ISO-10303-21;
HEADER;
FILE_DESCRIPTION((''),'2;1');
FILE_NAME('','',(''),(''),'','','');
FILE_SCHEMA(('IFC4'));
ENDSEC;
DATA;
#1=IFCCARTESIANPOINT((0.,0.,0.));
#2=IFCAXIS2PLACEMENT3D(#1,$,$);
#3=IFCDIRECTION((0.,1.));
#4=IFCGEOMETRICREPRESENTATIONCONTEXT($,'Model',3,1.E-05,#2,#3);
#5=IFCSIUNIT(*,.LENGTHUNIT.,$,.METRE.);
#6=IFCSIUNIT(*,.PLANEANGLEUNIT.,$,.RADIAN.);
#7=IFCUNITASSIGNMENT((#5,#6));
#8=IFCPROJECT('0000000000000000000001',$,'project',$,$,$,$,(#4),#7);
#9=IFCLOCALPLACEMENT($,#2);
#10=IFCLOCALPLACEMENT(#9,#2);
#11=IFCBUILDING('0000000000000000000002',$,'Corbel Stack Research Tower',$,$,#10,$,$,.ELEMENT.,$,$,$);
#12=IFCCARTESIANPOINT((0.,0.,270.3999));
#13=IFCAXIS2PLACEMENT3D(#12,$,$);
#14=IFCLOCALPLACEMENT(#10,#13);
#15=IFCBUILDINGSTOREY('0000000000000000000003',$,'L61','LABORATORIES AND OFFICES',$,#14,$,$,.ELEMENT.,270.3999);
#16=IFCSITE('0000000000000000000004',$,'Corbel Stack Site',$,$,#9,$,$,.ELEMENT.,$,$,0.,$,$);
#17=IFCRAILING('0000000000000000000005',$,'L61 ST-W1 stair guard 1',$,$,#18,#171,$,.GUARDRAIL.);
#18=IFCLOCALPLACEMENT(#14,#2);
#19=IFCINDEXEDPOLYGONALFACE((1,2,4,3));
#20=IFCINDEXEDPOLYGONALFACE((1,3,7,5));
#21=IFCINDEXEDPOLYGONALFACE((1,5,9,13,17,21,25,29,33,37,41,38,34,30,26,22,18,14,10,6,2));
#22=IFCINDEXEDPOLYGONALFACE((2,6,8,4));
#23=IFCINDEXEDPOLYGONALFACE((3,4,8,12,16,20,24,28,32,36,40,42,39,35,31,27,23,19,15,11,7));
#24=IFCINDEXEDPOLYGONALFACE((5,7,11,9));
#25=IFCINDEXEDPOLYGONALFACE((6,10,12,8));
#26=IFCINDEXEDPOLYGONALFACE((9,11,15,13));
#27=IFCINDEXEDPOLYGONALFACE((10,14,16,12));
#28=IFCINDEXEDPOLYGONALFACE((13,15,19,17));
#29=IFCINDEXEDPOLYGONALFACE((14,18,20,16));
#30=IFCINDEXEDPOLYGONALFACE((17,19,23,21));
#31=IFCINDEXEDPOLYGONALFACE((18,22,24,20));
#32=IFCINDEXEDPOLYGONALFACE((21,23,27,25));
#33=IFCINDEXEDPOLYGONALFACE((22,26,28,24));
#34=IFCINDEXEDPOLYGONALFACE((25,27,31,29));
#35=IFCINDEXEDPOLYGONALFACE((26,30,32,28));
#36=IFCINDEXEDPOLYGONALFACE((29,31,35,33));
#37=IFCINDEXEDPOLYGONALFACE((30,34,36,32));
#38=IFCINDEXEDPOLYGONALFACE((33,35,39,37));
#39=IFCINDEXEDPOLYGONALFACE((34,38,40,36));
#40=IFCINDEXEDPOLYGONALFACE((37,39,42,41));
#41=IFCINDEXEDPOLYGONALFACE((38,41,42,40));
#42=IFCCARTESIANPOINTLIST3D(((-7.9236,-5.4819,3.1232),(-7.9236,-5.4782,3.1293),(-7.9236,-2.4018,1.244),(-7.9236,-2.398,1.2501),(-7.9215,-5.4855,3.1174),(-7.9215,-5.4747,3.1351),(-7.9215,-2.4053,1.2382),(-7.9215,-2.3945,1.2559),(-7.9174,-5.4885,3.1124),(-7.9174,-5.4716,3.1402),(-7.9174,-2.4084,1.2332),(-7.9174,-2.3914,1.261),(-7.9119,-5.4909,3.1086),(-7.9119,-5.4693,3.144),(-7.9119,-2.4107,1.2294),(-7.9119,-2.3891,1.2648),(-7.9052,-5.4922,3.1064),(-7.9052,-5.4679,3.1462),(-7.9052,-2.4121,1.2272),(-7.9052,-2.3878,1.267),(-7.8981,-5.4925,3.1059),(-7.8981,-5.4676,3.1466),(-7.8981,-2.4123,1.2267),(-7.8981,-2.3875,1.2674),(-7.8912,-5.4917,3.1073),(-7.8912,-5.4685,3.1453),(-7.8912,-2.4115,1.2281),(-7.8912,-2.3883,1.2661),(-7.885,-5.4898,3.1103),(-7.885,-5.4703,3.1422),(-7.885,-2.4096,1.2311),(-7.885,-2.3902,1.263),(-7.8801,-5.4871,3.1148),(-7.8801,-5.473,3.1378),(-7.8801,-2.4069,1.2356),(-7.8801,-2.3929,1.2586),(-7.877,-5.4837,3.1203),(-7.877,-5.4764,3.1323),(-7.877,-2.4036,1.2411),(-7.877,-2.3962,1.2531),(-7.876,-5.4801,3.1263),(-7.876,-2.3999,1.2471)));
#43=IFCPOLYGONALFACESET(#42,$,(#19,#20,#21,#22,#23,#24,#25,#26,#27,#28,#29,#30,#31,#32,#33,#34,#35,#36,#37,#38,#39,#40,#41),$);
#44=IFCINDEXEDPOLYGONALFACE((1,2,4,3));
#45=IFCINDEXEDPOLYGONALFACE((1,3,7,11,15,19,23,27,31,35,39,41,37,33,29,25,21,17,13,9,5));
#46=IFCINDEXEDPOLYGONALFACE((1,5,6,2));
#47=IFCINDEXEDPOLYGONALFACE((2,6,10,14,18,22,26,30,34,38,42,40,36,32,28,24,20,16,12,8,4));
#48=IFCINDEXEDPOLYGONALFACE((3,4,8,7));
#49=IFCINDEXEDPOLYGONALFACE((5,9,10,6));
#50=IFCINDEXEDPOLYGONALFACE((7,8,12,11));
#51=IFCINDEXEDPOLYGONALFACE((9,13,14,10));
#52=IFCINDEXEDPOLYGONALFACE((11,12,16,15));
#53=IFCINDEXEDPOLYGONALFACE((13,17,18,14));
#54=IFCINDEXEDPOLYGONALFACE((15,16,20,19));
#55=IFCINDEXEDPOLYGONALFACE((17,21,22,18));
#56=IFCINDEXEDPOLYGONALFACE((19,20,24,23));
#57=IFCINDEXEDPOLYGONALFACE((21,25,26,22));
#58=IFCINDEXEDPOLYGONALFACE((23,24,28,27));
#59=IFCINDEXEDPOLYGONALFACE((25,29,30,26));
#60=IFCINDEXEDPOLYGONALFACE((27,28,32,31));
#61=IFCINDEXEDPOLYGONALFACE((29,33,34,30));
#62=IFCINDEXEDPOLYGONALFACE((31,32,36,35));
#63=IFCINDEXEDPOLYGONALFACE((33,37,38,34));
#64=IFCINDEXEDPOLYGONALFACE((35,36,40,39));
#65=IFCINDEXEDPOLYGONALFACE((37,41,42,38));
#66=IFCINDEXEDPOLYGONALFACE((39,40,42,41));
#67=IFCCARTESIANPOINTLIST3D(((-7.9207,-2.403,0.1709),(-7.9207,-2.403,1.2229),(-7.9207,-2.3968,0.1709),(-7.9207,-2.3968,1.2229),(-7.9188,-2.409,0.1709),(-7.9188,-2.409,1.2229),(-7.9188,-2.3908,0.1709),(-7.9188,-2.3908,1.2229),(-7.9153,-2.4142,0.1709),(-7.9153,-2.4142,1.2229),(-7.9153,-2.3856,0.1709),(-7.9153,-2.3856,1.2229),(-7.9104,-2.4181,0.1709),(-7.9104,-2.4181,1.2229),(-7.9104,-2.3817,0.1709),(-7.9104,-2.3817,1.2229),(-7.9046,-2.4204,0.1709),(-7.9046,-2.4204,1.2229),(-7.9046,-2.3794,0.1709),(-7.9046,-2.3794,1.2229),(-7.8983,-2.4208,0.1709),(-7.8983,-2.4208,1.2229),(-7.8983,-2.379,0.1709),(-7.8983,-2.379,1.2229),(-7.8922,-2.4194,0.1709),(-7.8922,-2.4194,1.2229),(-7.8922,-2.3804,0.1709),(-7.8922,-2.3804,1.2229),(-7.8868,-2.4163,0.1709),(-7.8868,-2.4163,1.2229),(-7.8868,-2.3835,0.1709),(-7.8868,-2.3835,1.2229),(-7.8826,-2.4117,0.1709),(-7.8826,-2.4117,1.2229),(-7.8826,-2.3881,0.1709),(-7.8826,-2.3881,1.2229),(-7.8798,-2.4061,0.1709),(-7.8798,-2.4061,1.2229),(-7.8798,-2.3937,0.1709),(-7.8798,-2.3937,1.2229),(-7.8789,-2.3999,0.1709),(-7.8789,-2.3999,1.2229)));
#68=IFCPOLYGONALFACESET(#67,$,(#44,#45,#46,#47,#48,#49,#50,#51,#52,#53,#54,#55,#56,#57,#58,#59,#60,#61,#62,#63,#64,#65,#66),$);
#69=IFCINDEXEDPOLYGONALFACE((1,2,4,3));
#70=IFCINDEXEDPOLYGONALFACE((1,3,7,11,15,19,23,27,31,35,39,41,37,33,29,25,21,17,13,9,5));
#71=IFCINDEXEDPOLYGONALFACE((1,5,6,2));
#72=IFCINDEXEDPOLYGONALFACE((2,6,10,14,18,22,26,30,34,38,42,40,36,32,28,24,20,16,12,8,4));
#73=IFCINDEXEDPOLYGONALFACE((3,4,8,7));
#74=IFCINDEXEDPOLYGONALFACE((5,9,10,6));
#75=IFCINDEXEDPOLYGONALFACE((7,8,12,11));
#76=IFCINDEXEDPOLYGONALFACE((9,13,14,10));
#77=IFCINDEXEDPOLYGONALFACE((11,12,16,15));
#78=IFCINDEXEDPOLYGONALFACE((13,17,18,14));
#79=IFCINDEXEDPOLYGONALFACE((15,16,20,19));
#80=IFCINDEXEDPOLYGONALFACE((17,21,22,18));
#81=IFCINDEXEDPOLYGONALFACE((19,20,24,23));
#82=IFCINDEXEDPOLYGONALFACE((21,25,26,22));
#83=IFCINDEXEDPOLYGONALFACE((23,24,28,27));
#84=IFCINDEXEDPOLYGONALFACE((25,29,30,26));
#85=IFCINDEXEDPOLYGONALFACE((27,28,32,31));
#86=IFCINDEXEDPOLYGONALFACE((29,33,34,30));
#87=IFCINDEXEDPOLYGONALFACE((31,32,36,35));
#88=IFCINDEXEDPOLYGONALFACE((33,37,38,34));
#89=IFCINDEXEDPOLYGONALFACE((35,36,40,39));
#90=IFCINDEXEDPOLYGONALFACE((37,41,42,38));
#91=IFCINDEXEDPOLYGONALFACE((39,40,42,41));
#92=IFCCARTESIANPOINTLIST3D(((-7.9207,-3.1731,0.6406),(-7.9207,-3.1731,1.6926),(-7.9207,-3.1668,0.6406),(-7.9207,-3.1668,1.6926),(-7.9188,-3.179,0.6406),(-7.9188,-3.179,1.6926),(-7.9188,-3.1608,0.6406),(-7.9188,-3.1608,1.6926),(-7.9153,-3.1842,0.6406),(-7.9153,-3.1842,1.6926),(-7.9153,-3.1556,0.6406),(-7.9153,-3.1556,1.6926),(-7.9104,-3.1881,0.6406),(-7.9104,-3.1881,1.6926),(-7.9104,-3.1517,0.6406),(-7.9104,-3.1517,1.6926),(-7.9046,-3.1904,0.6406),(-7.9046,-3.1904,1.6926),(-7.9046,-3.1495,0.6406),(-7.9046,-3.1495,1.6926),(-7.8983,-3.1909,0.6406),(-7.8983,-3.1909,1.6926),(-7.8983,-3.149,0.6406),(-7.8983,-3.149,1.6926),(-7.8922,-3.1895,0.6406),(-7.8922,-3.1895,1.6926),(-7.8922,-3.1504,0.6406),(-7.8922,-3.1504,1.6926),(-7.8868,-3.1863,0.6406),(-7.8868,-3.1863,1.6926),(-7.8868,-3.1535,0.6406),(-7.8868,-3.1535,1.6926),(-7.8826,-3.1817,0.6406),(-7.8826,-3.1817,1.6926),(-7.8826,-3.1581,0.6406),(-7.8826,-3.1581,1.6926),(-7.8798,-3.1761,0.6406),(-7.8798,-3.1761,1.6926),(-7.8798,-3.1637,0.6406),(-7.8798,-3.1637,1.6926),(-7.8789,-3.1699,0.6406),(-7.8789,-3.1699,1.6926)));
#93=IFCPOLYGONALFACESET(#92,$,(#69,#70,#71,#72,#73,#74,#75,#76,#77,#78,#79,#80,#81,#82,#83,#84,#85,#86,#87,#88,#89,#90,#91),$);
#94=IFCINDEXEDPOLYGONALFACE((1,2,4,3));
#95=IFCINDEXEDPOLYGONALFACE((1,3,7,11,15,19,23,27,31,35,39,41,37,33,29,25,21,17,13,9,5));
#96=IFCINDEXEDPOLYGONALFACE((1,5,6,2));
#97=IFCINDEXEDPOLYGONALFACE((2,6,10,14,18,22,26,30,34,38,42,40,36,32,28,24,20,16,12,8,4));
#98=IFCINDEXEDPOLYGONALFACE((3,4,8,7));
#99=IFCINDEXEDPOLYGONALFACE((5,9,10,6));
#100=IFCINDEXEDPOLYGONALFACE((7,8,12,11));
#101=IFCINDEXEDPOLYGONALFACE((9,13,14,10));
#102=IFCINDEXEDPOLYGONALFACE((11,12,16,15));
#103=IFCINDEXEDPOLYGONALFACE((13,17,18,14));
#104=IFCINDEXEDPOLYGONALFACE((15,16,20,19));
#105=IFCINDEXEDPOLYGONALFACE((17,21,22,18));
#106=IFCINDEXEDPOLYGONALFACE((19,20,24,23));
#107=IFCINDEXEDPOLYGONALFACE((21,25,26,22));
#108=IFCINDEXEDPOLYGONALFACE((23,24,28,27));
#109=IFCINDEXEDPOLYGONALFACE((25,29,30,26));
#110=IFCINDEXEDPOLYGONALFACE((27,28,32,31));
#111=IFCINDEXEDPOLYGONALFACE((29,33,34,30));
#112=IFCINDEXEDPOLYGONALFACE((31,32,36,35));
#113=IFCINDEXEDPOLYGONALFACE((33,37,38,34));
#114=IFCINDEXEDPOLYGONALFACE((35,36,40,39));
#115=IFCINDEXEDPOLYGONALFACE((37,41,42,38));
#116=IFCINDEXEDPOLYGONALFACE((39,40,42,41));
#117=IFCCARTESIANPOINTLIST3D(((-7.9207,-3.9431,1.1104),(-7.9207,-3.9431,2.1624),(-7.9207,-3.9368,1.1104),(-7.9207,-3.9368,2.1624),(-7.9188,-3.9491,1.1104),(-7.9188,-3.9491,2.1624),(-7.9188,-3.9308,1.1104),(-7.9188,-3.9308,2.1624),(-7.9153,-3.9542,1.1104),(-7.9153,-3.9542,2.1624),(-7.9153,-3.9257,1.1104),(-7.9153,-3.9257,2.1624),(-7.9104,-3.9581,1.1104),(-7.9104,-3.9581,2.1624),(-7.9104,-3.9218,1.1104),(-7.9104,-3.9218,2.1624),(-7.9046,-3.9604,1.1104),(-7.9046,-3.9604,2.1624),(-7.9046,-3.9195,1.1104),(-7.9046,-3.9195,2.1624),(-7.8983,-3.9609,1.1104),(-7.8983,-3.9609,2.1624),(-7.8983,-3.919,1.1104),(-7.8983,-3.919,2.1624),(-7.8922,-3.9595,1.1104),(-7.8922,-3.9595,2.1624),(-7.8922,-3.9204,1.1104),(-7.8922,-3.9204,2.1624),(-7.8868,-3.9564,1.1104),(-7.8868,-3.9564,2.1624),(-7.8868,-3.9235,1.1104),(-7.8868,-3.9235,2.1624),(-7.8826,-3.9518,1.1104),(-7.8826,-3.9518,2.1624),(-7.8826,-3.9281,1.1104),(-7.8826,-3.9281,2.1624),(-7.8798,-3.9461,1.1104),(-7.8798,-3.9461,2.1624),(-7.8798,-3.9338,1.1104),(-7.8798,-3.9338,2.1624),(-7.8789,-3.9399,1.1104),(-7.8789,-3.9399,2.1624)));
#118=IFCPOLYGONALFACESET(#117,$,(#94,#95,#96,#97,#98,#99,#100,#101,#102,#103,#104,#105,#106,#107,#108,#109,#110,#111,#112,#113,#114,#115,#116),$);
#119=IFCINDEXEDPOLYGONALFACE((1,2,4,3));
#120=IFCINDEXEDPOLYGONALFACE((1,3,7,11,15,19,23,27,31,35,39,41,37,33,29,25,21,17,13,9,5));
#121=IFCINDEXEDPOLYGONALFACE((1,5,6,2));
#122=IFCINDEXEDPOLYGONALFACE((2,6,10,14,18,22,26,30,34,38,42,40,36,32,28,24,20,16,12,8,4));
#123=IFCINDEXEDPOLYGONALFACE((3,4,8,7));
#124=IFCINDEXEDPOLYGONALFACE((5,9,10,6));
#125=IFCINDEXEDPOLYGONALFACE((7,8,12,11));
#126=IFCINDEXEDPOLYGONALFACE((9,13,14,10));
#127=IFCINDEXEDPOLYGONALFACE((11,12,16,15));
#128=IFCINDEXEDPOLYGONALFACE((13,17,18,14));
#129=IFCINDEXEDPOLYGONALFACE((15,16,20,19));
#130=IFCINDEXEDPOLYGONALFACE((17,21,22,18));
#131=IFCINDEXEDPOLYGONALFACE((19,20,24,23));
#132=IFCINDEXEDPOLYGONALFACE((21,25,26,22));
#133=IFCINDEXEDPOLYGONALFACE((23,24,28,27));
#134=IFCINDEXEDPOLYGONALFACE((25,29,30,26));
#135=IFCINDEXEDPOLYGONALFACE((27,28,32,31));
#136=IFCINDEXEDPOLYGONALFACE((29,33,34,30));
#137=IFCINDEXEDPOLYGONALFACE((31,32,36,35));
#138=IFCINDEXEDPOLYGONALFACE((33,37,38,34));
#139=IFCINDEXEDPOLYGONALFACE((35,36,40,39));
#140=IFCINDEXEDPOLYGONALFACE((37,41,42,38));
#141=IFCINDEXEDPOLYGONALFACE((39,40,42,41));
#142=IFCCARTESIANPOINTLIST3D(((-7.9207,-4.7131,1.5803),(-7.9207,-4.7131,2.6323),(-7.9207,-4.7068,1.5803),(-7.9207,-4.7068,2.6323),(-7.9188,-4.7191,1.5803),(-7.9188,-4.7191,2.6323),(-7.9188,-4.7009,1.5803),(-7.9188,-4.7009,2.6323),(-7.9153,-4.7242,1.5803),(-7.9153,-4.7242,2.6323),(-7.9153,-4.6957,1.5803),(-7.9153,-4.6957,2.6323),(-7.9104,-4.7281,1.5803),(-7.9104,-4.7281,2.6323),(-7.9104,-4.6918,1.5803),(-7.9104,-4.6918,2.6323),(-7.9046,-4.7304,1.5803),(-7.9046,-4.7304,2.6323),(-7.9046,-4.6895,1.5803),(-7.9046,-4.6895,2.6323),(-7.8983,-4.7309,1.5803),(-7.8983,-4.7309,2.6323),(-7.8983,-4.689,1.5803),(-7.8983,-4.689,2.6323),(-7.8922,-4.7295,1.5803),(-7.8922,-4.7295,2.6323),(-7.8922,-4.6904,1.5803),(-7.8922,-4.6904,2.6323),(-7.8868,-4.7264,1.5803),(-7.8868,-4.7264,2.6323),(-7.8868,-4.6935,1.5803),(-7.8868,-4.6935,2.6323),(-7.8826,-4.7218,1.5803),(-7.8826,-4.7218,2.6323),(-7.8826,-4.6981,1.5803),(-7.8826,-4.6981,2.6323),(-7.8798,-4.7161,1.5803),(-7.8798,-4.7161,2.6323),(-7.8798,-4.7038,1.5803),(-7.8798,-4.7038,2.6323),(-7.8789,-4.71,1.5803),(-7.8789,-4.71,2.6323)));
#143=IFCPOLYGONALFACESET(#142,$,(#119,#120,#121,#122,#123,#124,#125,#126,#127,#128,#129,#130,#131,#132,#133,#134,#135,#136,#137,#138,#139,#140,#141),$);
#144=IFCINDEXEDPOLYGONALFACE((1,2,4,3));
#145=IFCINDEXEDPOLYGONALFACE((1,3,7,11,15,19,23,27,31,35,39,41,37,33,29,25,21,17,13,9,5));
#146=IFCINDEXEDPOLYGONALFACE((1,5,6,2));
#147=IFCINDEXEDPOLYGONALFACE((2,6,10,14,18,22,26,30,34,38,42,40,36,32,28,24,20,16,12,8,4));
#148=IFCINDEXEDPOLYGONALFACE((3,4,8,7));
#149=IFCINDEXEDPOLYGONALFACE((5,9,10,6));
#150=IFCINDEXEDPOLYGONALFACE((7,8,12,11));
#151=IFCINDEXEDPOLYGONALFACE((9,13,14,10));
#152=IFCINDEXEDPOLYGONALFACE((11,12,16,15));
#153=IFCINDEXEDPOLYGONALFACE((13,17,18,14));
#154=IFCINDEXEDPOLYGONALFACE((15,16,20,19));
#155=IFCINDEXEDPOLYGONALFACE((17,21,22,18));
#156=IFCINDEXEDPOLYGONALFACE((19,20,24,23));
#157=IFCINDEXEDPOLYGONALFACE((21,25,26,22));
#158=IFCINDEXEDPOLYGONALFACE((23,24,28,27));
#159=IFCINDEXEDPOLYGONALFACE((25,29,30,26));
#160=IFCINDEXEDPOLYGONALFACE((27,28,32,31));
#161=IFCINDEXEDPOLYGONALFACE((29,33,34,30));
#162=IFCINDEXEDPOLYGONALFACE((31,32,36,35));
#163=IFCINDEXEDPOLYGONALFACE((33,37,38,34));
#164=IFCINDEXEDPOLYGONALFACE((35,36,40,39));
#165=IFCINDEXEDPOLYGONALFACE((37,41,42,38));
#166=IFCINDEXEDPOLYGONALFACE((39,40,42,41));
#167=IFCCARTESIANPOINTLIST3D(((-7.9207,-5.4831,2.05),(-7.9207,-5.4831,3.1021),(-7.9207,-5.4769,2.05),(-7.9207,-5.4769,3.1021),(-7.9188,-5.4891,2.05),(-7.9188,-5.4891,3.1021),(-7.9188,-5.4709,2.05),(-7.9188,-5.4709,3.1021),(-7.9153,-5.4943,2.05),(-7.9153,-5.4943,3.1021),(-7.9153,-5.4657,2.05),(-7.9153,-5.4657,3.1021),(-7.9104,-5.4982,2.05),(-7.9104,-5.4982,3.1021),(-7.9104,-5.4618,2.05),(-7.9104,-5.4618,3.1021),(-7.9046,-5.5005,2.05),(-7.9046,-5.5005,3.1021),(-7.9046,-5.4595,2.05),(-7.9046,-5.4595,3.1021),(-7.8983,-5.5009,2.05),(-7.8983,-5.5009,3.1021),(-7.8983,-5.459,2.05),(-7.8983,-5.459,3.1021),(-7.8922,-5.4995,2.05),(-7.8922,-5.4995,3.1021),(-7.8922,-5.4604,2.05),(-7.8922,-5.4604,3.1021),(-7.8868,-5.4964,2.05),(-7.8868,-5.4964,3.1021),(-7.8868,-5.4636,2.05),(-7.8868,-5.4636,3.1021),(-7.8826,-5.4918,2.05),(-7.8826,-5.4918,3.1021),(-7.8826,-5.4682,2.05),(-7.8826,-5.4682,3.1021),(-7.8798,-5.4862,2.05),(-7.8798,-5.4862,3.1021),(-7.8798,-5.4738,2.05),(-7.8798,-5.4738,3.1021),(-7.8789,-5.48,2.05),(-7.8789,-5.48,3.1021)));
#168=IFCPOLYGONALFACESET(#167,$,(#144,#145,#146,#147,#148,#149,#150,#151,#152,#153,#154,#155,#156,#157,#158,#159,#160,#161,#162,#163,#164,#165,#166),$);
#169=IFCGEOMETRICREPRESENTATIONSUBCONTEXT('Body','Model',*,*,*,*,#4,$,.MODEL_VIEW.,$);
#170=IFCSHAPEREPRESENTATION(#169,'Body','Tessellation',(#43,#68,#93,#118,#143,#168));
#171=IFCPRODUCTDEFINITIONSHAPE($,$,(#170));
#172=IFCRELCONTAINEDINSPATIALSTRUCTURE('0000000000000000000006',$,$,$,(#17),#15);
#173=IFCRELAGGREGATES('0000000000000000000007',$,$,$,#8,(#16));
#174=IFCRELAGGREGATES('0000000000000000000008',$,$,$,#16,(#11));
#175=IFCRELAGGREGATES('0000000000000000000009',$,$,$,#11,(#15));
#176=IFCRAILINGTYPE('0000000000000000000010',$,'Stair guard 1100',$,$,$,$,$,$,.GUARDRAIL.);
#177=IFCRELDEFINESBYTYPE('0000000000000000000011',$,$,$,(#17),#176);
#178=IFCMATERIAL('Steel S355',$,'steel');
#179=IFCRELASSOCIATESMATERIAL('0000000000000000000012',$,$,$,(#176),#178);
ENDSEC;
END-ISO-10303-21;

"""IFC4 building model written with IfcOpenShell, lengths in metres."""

from ifc_helpers import new_model, si_unit, direction, frame, origin, origin_2d, place, context, subcontext, project, spatial, circle, extrude, material, type_object, element, save


model = new_model("IFC4")

# Units and contexts
model_context = context("Model", 3, precision=1e-05, world=origin(), true_north=direction((0.0, 1.0)))
body_context = subcontext(model_context, "Body", "Model", "MODEL_VIEW")
ifc_project = project(units=[si_unit("LENGTHUNIT", "METRE"), si_unit("PLANEANGLEUNIT", "RADIAN")], contexts=[model_context])

# Site, building, storey
site_placement = place(None, origin())
site = spatial("IfcSite", under=ifc_project, at=site_placement, Name="Corbel Stack Site", CompositionType="ELEMENT", RefElevation=0.0)
building_placement = place(site_placement, origin())
building = spatial("IfcBuilding", under=site, at=building_placement, Name="Corbel Stack Research Tower", CompositionType="ELEMENT")
storey_placement = place(building_placement, frame((0.0, 0.0, 270.3999)))
storey = spatial("IfcBuildingStorey", under=building, at=storey_placement, Name="L61", Description="LABORATORIES AND OFFICES", CompositionType="ELEMENT", Elevation=270.3999)

# Railing
ifc_material_1 = material(Name="Steel S355", Category="steel")
railing_type = type_object("IfcRailingType", Name="Stair guard 1100", PredefinedType="GUARDRAIL", material=ifc_material_1)
railing_1_placement = place(storey_placement, frame((-7.8999, -2.3999, 0.1709)))
element("IfcRailing", 1, at=railing_1_placement, inside=storey, type_object=railing_type, Name="L61 ST-W1 stair guard 1", PredefinedType="GUARDRAIL", context=body_context, shape_type="SweptSolid", body=[
    extrude(circle(Radius=0.0239, at=origin_2d()), frame((0.0, 0.0, 1.0762), z_axis=(0.0, -0.853666, 0.52082), x_axis=(1.0, 0.0, 0.0)), (0.0, 0.0, 1.0), 3.6082),
    extrude(circle(Radius=0.021, at=origin_2d()), origin(), (0.0, 0.0, 1.0), 1.052),
    extrude(circle(Radius=0.021, at=origin_2d()), frame((0.0, -0.77, 0.4697)), (0.0, 0.0, 1.0), 1.052),
    extrude(circle(Radius=0.021, at=origin_2d()), frame((0.0, -1.54, 0.9395)), (0.0, 0.0, 1.0), 1.052),
    extrude(circle(Radius=0.021, at=origin_2d()), frame((0.0, -2.3101, 1.4094)), (0.0, 0.0, 1.0), 1.052),
    extrude(circle(Radius=0.021, at=origin_2d()), frame((0.0, -3.0801, 1.8792)), (0.0, 0.0, 1.0), 1.052),
])

save(model, "model.ifc")
